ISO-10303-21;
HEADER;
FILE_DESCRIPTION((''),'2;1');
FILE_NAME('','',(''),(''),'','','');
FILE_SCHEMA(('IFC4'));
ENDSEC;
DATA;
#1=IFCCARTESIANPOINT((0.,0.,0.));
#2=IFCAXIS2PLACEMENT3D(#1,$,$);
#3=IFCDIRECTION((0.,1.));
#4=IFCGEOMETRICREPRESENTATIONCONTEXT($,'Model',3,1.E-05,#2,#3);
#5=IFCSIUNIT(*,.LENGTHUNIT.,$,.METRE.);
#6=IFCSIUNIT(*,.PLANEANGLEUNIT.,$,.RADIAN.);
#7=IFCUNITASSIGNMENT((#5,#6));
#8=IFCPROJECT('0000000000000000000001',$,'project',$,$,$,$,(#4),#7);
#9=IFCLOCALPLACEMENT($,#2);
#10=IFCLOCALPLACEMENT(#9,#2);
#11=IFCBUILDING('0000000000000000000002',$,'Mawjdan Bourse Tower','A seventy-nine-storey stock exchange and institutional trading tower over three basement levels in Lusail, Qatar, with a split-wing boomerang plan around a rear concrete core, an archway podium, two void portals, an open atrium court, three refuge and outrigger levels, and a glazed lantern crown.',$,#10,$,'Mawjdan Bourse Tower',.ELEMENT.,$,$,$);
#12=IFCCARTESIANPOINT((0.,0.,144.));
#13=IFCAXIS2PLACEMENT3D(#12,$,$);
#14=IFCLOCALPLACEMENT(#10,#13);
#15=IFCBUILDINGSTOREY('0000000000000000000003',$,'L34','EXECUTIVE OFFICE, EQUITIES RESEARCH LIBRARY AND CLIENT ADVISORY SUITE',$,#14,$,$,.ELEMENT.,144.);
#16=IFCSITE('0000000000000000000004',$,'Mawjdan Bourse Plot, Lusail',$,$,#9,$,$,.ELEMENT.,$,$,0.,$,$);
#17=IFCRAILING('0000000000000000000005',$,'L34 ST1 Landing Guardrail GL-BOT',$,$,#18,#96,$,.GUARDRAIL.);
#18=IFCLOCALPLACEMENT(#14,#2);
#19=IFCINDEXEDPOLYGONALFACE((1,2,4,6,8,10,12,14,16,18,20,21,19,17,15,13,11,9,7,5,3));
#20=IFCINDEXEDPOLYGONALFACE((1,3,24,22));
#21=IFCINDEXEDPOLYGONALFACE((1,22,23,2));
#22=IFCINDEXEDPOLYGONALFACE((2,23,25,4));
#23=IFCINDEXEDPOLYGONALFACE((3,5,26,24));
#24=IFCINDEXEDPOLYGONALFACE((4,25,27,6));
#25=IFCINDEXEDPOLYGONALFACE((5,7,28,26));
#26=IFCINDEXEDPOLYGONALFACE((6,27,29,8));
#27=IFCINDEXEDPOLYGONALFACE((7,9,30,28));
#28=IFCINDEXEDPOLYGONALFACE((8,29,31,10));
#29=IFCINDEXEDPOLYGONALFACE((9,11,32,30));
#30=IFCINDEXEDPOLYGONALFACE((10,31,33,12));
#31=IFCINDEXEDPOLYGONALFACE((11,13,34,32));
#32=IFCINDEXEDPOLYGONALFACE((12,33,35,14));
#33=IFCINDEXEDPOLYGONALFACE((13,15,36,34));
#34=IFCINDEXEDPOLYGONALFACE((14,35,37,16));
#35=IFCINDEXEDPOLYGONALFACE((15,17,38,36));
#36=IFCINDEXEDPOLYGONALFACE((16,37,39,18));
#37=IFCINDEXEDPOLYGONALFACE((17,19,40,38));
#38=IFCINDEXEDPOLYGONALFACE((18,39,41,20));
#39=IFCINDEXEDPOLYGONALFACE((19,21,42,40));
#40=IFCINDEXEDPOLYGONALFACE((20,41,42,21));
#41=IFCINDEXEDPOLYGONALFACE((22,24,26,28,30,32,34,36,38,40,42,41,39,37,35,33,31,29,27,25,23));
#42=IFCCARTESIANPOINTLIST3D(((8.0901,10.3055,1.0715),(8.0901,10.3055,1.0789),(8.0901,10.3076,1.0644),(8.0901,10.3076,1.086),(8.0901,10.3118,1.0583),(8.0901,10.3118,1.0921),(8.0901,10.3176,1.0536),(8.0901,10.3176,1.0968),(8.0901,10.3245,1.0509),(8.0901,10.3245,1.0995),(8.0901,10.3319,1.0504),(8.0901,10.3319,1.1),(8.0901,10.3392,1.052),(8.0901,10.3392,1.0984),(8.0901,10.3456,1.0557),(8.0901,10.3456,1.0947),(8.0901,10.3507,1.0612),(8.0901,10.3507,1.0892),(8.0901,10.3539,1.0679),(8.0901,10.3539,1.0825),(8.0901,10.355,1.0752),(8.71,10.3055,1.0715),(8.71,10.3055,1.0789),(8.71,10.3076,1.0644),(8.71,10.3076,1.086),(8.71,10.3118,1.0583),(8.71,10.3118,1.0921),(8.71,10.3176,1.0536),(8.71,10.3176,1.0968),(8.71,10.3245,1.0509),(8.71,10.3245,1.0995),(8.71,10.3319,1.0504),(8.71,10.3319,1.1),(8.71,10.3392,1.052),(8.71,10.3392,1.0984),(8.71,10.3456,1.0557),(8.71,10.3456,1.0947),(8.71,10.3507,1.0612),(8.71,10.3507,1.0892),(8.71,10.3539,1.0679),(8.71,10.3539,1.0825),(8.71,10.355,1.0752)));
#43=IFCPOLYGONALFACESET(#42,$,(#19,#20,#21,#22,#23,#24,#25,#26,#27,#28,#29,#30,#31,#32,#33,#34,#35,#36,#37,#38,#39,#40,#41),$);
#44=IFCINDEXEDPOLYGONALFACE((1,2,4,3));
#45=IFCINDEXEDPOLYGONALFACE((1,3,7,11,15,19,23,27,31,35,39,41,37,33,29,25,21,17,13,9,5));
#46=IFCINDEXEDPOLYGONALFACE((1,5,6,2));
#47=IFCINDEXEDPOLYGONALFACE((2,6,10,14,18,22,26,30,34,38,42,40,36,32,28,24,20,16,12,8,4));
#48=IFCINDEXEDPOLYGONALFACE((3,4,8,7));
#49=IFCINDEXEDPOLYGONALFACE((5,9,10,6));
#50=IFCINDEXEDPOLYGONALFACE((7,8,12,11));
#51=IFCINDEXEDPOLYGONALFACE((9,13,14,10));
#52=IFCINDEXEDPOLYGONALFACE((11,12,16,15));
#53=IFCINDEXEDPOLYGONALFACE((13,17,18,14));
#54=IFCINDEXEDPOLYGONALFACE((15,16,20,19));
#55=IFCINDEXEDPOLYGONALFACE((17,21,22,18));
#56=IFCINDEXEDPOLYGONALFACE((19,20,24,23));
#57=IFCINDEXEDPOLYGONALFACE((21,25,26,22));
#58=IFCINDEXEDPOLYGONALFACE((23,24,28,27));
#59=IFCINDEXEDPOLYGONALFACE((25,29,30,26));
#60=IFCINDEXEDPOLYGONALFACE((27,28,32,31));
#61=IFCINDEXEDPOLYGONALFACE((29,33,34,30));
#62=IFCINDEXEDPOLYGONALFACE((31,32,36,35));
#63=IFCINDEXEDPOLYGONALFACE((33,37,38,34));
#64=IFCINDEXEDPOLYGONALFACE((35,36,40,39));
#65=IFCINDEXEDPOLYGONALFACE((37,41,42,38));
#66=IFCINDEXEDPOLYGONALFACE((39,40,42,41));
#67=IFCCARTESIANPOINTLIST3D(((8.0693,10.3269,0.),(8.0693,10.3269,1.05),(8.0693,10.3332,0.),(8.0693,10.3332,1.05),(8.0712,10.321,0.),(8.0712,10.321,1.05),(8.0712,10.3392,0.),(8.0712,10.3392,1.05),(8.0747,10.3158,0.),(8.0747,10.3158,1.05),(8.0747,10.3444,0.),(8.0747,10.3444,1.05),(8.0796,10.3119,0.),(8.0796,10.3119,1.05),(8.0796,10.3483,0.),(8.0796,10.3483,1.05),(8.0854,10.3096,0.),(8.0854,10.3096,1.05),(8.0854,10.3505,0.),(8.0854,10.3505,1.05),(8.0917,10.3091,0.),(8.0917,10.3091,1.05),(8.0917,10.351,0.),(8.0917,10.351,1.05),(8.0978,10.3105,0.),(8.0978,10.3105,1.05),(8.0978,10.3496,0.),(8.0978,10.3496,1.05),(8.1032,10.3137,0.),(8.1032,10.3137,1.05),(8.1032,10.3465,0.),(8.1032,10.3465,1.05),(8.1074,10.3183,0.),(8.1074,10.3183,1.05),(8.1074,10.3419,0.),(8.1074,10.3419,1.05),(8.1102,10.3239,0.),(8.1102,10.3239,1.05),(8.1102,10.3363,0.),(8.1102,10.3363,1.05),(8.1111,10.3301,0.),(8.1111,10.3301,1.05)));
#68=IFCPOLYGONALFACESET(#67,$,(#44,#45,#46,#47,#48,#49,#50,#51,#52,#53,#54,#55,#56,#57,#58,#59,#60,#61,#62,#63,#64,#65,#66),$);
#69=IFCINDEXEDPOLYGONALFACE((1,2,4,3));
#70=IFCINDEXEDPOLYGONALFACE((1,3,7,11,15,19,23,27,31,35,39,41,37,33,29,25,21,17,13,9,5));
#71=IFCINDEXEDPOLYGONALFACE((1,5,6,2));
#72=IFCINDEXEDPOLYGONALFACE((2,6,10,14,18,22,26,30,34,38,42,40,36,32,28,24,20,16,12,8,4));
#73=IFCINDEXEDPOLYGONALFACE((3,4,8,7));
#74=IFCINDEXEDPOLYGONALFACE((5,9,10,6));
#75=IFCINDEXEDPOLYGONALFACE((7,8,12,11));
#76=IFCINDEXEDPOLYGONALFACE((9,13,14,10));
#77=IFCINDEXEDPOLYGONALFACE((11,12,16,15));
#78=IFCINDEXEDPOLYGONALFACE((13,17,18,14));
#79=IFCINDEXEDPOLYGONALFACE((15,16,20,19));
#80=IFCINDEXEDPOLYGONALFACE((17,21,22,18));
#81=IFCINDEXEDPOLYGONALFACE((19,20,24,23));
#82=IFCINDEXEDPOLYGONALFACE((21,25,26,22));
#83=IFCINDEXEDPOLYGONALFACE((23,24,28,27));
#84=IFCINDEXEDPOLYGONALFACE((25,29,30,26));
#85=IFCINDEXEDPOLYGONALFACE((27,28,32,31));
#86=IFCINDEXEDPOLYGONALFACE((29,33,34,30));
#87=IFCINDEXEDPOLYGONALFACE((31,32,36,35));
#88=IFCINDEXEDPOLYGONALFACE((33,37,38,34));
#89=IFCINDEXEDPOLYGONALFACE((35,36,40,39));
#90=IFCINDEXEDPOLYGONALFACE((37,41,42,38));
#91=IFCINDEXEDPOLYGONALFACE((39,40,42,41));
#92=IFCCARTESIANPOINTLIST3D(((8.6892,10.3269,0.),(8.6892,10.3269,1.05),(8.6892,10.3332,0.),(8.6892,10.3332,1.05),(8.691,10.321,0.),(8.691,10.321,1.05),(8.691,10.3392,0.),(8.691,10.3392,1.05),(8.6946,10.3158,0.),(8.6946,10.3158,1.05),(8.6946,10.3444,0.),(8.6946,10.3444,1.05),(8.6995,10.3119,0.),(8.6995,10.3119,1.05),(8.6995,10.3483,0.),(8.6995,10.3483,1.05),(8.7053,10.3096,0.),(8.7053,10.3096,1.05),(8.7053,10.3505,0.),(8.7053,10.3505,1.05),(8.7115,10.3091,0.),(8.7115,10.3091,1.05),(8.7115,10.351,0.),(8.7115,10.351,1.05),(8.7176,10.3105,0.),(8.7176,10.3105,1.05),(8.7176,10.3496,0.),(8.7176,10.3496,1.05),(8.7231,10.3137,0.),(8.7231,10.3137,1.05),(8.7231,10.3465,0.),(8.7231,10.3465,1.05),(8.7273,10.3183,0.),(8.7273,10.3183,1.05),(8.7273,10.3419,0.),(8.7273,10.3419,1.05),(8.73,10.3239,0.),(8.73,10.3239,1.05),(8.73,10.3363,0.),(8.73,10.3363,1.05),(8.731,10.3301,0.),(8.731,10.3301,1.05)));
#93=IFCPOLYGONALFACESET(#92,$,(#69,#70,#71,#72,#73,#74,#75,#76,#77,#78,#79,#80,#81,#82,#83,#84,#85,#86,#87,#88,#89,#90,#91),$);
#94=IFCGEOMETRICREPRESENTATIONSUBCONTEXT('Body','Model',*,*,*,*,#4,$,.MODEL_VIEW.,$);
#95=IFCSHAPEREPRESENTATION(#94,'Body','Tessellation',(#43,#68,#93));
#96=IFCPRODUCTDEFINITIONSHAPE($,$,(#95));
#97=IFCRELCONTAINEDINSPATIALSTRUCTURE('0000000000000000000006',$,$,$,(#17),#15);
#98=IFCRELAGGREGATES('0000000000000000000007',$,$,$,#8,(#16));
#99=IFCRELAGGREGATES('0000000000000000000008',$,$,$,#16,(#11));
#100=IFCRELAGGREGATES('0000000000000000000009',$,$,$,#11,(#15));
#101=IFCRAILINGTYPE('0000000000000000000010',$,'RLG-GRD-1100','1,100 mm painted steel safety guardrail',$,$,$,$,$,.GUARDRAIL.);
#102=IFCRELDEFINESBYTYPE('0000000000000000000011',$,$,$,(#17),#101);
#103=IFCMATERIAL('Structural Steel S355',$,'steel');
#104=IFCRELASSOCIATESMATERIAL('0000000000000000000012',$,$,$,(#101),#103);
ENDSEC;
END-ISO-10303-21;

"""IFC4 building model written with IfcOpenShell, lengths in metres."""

from ifc_helpers import new_model, si_unit, direction, frame, origin, origin_2d, place, context, subcontext, project, spatial, circle, extrude, material, type_object, element, save


model = new_model("IFC4")

# Units and contexts
model_context = context("Model", 3, precision=1e-05, world=origin(), true_north=direction((0.0, 1.0)))
body_context = subcontext(model_context, "Body", "Model", "MODEL_VIEW")
ifc_project = project(units=[si_unit("LENGTHUNIT", "METRE"), si_unit("PLANEANGLEUNIT", "RADIAN")], contexts=[model_context])

# Site, building, storey
site_placement = place(None, origin())
site = spatial("IfcSite", under=ifc_project, at=site_placement, Name="Mawjdan Bourse Plot, Lusail", CompositionType="ELEMENT", RefElevation=0.0)
building_placement = place(site_placement, origin())
building = spatial("IfcBuilding", under=site, at=building_placement, Name="Mawjdan Bourse Tower", Description="A seventy-nine-storey stock exchange and institutional trading tower over three basement levels in Lusail, Qatar, with a split-wing boomerang plan around a rear concrete core, an archway podium, two void portals, an open atrium court, three refuge and outrigger levels, and a glazed lantern crown.", LongName="Mawjdan Bourse Tower", CompositionType="ELEMENT")
storey_placement = place(building_placement, frame((0.0, 0.0, 144.0)))
storey = spatial("IfcBuildingStorey", under=building, at=storey_placement, Name="L34", Description="EXECUTIVE OFFICE, EQUITIES RESEARCH LIBRARY AND CLIENT ADVISORY SUITE", CompositionType="ELEMENT", Elevation=144.0)

# Shared definitions
ifc_material_1 = material(Name="Structural Steel S355", Category="steel")

# Railing
railing_type_1 = type_object("IfcRailingType", Name="RLG-GRD-1100", Description="1,100 mm painted steel safety guardrail", PredefinedType="GUARDRAIL", material=ifc_material_1)
railing_1_placement = place(storey_placement, frame((8.0901, 10.3301, 0.0)))
element("IfcRailing", 1, at=railing_1_placement, inside=storey, type_object=railing_type_1, Name="L34 ST1 Landing Guardrail GL-BOT", PredefinedType="GUARDRAIL", context=body_context, shape_type="SweptSolid", body=[
    extrude(circle(Radius=0.0249, at=origin_2d()), frame((0.0, 0.0, 1.0752), z_axis=(1.0, 0.0, 0.0), x_axis=(0.0, 1.0, 0.0)), (0.0, 0.0, 1.0), 0.6199),
    extrude(circle(Radius=0.021, at=origin_2d()), origin(), (0.0, 0.0, 1.0), 1.05),
    extrude(circle(Radius=0.021, at=origin_2d()), frame((0.6199, 0.0, 0.0)), (0.0, 0.0, 1.0), 1.05),
])

save(model, "model.ifc")
